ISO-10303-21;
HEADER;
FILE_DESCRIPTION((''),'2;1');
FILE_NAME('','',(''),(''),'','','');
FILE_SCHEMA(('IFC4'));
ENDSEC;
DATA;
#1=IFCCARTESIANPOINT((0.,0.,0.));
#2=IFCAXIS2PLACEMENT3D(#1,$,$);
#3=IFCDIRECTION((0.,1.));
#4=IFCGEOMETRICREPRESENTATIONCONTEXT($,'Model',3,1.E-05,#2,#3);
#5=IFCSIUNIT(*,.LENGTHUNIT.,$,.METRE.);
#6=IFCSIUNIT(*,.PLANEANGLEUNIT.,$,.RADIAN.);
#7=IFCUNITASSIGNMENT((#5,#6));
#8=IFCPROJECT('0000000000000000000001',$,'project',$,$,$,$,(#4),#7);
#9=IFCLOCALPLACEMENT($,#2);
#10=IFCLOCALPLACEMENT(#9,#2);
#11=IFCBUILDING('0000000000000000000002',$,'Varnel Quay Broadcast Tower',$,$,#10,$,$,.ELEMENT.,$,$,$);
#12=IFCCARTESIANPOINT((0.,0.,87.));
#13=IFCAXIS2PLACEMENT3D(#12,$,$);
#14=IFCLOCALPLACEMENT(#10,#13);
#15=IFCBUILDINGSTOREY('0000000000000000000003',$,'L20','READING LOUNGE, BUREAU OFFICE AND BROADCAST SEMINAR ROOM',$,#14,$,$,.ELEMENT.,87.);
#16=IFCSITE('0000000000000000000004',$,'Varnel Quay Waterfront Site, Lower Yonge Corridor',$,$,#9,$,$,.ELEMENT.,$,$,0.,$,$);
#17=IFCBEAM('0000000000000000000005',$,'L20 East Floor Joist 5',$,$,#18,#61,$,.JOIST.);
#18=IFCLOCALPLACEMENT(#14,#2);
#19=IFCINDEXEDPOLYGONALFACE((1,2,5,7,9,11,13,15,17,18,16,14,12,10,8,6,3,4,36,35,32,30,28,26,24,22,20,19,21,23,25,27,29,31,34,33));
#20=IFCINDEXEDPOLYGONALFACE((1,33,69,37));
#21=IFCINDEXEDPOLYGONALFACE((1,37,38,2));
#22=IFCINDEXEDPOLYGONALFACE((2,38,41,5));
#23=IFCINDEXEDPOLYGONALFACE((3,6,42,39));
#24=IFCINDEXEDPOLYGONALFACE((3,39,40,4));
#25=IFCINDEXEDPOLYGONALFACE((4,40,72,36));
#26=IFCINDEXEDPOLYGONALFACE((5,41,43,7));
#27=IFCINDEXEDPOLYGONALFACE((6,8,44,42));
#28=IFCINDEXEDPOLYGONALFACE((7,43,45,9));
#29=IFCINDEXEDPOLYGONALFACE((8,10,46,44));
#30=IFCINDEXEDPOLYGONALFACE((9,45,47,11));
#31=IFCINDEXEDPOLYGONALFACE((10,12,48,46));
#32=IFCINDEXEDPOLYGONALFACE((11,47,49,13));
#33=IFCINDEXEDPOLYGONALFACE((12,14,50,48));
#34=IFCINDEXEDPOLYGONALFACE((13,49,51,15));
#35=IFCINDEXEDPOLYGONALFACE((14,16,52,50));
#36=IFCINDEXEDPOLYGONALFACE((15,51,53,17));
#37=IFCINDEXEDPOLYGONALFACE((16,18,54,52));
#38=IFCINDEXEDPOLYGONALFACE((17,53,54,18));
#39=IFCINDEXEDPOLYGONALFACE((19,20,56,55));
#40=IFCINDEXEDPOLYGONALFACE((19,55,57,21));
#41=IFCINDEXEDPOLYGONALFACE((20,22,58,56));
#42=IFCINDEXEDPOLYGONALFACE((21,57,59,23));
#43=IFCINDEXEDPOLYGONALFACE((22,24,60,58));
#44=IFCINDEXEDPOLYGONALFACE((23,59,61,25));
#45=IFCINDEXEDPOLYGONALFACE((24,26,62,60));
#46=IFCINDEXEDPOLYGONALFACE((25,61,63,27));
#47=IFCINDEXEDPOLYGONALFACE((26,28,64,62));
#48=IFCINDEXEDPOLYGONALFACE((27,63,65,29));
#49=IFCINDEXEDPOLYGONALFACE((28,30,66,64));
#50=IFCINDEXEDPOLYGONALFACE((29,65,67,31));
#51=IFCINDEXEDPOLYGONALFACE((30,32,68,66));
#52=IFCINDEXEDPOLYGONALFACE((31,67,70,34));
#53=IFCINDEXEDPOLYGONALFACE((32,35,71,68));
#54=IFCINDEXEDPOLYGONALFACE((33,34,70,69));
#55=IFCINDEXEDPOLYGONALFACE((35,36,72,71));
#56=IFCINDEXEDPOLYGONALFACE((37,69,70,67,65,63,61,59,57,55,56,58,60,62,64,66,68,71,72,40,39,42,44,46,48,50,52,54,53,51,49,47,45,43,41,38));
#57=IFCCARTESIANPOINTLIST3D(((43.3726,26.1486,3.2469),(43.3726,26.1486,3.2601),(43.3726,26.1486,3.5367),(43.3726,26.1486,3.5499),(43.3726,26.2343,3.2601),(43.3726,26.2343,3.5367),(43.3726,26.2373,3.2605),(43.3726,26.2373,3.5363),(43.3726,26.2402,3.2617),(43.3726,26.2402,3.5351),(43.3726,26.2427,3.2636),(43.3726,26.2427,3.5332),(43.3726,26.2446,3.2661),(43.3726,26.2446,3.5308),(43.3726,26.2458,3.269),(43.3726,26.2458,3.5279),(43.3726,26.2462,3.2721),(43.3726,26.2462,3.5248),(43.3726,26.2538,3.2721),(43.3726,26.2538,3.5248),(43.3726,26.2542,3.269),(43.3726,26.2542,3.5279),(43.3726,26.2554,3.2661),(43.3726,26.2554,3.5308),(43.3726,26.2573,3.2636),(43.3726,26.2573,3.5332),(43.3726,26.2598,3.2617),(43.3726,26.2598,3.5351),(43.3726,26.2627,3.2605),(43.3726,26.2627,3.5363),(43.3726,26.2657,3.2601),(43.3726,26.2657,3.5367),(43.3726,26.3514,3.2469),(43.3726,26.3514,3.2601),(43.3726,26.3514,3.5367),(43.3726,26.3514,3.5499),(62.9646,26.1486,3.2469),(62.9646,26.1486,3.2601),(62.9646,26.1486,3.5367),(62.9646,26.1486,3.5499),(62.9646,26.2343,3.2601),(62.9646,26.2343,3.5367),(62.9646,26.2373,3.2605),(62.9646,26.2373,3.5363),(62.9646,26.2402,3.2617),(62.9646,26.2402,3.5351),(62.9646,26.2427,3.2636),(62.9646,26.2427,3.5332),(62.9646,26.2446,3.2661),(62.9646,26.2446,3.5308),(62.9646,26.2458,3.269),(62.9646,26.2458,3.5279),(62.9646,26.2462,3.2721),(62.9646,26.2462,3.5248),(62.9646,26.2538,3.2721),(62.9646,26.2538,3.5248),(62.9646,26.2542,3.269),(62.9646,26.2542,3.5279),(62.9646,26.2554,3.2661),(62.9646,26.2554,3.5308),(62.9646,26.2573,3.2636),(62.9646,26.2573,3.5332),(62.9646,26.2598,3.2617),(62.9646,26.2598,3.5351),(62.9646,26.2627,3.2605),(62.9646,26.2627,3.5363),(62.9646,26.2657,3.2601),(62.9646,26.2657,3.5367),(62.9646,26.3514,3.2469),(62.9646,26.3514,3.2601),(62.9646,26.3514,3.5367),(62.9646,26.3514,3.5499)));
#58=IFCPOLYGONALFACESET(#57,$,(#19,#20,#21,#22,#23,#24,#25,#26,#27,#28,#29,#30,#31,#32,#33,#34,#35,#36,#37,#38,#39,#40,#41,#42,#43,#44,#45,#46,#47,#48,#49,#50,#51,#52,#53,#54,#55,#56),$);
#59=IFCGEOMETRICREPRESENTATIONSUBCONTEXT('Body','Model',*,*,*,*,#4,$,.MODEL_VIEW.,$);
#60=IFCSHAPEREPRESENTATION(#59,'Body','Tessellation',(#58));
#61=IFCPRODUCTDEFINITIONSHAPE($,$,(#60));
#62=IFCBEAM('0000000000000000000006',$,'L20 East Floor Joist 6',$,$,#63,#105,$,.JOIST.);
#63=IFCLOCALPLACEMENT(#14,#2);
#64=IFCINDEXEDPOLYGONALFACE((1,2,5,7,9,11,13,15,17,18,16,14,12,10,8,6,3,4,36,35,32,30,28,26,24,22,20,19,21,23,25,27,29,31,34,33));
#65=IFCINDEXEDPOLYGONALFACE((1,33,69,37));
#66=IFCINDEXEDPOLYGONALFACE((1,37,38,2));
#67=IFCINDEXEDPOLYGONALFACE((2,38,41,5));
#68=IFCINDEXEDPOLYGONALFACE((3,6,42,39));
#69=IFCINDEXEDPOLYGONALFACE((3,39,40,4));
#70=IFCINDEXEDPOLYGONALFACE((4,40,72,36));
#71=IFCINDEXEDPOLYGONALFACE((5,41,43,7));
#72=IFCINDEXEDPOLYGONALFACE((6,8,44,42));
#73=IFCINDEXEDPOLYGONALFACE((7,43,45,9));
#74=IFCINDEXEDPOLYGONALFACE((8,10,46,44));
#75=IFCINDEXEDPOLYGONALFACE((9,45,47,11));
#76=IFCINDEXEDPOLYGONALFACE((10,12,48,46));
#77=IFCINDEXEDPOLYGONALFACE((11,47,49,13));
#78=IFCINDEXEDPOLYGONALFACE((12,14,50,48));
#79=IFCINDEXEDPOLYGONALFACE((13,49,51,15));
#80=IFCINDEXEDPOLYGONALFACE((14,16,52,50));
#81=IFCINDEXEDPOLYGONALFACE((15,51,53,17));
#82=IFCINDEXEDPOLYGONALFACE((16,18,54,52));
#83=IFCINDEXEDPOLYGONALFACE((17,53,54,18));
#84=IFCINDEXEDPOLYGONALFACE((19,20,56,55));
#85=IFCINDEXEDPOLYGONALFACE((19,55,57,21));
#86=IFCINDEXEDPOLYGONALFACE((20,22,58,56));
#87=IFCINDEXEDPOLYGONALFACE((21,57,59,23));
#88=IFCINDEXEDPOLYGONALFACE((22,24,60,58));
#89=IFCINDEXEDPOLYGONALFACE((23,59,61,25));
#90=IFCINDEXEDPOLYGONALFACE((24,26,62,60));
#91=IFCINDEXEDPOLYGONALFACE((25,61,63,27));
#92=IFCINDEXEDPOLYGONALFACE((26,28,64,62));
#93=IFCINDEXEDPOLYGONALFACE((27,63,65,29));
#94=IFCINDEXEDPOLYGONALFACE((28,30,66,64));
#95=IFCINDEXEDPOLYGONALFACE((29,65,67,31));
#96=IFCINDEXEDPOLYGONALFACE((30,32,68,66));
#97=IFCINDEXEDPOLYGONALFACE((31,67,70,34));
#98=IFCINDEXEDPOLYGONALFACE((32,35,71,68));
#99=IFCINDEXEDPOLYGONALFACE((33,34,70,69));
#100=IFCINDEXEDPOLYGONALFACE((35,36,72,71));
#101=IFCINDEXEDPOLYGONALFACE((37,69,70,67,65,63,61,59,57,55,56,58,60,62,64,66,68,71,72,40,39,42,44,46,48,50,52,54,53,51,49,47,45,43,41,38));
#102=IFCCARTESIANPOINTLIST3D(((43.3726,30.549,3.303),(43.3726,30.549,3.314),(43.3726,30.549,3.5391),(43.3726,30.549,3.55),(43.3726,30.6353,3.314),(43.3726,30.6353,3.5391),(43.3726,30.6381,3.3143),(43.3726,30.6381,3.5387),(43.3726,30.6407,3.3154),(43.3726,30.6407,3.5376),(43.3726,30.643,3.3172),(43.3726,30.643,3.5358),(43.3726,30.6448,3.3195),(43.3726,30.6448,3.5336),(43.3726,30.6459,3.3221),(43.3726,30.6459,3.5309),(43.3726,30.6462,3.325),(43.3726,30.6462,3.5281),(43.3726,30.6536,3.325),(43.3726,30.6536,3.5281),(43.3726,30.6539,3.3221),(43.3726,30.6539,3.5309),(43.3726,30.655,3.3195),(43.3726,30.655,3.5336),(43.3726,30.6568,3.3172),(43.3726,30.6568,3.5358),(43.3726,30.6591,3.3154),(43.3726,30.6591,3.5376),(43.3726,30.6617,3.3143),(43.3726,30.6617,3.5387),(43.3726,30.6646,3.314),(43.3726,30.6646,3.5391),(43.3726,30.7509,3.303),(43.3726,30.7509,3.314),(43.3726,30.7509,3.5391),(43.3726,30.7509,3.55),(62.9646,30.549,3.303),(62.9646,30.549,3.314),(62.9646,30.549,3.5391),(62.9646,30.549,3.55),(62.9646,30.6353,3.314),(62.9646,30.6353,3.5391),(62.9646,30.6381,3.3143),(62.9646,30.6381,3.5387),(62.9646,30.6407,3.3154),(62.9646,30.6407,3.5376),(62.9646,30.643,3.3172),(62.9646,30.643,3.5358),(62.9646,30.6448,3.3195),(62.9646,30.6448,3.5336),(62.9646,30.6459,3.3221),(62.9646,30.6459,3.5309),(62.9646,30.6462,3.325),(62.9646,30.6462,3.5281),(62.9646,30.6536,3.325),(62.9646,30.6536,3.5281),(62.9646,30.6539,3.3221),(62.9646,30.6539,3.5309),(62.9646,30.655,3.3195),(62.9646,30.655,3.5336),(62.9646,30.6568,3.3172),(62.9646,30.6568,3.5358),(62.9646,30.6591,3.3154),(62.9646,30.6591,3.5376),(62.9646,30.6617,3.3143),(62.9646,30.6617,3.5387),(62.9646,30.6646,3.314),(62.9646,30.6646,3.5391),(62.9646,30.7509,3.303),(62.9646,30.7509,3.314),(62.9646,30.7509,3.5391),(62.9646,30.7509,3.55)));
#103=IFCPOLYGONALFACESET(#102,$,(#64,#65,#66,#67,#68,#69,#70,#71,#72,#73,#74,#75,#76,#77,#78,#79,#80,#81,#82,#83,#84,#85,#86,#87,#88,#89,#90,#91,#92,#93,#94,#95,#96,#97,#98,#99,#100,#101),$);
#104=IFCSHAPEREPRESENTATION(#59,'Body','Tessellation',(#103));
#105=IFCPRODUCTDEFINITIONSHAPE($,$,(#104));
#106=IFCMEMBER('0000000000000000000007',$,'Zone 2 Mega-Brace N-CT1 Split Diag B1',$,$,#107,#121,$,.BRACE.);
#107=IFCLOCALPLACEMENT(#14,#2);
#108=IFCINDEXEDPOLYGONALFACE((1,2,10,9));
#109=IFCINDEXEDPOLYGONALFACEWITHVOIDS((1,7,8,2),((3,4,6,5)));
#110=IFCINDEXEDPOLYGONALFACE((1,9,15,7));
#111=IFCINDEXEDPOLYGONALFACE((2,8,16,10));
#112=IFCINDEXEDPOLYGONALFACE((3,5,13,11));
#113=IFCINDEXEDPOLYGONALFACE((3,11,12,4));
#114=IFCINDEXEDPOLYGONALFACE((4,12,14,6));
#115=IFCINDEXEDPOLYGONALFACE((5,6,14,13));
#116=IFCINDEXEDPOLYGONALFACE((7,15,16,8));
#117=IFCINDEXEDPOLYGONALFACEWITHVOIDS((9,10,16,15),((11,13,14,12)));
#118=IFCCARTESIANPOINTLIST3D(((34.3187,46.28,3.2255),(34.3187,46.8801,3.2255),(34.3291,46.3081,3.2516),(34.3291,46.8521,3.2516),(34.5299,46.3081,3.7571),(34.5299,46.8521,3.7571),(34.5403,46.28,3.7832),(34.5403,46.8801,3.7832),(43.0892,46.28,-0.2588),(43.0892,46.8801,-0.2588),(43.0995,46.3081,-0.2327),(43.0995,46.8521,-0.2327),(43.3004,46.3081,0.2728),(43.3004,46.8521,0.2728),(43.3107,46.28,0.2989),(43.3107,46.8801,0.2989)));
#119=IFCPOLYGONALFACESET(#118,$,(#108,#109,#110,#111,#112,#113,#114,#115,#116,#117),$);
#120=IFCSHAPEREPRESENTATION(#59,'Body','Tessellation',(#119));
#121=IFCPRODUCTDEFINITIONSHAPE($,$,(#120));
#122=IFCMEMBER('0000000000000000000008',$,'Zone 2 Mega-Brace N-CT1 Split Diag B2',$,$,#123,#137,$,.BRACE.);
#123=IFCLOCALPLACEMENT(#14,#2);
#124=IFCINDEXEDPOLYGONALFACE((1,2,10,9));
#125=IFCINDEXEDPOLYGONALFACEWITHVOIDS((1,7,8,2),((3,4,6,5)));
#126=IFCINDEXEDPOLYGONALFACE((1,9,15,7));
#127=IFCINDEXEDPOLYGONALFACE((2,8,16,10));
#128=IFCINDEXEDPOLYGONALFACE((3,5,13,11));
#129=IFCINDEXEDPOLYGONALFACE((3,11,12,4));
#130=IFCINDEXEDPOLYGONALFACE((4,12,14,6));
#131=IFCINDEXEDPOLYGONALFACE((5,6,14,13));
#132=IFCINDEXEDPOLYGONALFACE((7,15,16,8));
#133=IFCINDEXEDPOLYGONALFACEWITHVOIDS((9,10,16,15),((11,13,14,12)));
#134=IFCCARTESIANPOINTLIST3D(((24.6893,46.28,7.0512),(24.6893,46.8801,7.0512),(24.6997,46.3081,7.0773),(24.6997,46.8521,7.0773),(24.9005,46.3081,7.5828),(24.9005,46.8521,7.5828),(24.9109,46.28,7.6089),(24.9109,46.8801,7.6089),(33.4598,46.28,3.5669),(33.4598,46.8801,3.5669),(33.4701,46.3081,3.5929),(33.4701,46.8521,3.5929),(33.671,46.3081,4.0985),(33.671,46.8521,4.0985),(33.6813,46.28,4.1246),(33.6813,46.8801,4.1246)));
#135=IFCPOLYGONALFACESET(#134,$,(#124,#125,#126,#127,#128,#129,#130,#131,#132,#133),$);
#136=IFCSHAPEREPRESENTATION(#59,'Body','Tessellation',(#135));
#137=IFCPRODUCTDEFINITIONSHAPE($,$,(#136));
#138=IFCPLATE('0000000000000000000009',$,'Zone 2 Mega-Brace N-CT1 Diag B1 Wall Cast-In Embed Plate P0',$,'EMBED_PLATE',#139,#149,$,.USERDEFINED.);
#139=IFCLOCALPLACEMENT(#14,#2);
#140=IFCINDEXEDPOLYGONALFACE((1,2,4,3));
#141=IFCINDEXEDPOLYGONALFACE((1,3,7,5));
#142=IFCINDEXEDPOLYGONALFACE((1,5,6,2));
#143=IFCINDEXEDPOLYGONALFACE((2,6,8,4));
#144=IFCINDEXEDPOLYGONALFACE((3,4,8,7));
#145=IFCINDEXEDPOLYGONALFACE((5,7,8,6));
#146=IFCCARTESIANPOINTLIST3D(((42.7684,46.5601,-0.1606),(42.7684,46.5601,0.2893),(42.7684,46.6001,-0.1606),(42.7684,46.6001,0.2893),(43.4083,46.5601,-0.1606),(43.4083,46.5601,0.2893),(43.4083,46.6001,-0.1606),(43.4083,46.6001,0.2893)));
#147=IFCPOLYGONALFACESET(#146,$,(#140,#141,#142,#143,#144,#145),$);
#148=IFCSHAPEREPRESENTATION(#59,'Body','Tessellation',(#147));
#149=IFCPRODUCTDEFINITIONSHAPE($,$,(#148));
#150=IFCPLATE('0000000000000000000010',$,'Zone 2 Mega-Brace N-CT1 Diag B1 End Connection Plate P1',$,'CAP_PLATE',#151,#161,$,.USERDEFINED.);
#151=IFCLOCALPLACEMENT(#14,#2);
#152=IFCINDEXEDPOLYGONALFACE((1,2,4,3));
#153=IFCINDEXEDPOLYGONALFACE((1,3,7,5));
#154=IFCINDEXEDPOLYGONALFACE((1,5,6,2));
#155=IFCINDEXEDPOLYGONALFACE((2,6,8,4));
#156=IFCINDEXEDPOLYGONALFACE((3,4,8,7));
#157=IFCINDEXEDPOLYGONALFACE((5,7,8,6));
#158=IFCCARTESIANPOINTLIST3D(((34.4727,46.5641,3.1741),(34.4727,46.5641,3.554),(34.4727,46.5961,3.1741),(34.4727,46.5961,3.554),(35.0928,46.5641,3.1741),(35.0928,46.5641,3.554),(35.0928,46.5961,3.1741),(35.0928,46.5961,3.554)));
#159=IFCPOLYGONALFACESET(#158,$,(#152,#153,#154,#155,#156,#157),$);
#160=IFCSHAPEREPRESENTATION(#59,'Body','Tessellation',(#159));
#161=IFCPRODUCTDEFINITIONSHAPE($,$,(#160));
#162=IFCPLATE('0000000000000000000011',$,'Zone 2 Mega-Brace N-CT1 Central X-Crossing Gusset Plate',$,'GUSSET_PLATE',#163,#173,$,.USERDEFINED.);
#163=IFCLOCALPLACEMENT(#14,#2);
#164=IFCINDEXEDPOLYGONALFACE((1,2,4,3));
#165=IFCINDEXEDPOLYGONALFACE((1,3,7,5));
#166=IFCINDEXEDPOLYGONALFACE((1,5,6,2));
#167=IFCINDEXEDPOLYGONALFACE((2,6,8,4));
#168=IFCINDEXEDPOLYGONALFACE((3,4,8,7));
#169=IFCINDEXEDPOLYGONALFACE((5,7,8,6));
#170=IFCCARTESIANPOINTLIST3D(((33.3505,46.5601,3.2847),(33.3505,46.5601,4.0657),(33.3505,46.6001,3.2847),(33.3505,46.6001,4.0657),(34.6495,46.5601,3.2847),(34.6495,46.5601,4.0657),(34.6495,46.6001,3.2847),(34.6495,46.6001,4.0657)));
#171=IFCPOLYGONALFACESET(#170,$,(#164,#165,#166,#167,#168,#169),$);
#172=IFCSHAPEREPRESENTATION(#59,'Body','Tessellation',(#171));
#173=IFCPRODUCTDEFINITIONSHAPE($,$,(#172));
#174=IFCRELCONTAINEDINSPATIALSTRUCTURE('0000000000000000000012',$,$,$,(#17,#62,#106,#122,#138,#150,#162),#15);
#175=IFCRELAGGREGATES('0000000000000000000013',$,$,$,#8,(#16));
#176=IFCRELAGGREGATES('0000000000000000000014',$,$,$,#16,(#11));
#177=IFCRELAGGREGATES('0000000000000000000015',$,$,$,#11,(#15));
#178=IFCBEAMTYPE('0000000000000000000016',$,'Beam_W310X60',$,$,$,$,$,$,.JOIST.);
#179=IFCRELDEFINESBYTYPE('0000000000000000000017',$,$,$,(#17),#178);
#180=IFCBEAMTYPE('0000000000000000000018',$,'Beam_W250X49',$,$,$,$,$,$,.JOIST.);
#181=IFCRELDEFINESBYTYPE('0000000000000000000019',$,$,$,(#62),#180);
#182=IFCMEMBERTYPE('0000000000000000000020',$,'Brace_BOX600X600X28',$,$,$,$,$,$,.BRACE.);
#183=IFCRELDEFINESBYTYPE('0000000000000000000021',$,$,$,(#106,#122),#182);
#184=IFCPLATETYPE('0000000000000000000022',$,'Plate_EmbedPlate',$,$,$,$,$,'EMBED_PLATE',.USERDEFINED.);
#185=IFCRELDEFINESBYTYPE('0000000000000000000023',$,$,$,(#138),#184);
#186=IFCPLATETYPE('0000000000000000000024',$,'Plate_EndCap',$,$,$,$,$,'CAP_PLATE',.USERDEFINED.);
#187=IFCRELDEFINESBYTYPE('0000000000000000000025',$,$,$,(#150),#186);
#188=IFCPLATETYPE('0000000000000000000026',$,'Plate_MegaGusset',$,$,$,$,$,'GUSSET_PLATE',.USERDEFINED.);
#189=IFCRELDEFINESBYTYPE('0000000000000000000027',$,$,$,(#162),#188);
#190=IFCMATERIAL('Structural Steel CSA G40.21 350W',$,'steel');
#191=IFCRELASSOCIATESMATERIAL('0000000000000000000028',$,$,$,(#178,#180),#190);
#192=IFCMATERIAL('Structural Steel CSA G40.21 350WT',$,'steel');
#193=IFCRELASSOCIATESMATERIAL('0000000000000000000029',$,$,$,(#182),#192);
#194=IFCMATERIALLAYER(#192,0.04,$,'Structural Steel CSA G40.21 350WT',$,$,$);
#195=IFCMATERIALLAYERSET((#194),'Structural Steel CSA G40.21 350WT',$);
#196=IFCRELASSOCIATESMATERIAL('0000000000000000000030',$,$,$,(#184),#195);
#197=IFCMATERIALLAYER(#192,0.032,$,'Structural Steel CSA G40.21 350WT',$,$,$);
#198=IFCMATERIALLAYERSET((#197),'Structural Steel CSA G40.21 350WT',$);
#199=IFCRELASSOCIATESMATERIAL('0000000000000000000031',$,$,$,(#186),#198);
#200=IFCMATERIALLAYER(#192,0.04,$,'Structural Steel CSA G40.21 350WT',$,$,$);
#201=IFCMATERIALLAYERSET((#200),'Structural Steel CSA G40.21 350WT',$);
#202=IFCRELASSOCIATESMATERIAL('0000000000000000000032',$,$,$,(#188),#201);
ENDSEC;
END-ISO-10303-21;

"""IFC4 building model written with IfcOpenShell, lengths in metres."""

from ifc_helpers import new_model, si_unit, direction, frame, origin, origin_2d, place, context, subcontext, project, spatial, rectangle, hollow_rectangle, i_section, extrude, source, transform, mapped, material, layer, layer_set, material_profile, profile_set, type_object, type_shapes, element, save


model = new_model("IFC4")

# Units and contexts
model_context = context("Model", 3, precision=1e-05, world=origin(), true_north=direction((0.0, 1.0)))
body_context = subcontext(model_context, "Body", "Model", "MODEL_VIEW")
ifc_project = project(units=[si_unit("LENGTHUNIT", "METRE"), si_unit("PLANEANGLEUNIT", "RADIAN")], contexts=[model_context])

# Site, building, storey
site_placement = place(None, origin())
site = spatial("IfcSite", under=ifc_project, at=site_placement, Name="Varnel Quay Waterfront Site, Lower Yonge Corridor", CompositionType="ELEMENT", RefElevation=0.0)
building_placement = place(site_placement, origin())
building = spatial("IfcBuilding", under=site, at=building_placement, Name="Varnel Quay Broadcast Tower", CompositionType="ELEMENT")
storey_placement = place(building_placement, frame((0.0, 0.0, 87.0)))
storey = spatial("IfcBuildingStorey", under=building, at=storey_placement, Name="L20", Description="READING LOUNGE, BUREAU OFFICE AND BROADCAST SEMINAR ROOM", CompositionType="ELEMENT", Elevation=87.0)

# Shared definitions
ifc_material_1 = material(Name="Structural Steel CSA G40.21 350WT", Category="steel")

# Beams
ifc_material_2 = material(Name="Structural Steel CSA G40.21 350W", Category="steel")
ifc_material_profile_1 = material_profile(ifc_material_2, i_section(OverallWidth=0.2029, OverallDepth=0.303, WebThickness=0.0076, FlangeThickness=0.0132, FilletRadius=0.012, at=origin_2d()), Name="W310X60")
ifc_profile_set_1 = profile_set([ifc_material_profile_1], Name="Structural Steel CSA G40.21 350W")
beam_type_1 = type_object("IfcBeamType", Name="Beam_W310X60", PredefinedType="JOIST", material=ifc_profile_set_1)
shared_shape_1 = source(origin(), body_context, "Body", "SweptSolid", [
    extrude(i_section(OverallWidth=0.2029, OverallDepth=0.303, WebThickness=0.0076, FlangeThickness=0.0132, FilletRadius=0.012, at=origin_2d()), origin(), (0.0, 0.0, 1.0), 19.592),
])
type_shapes(beam_type_1, [shared_shape_1])
beam_1_placement = place(storey_placement, frame((43.3726, 26.25, 3.3984), z_axis=(1.0, 0.0, 0.0), x_axis=(0.0, 1.0, 0.0)))
element("IfcBeam", 1, at=beam_1_placement, inside=storey, type_object=beam_type_1, Name="L20 East Floor Joist 5", PredefinedType="JOIST", context=body_context, shape_type="MappedRepresentation", body=[
    mapped(shared_shape_1, transform((0.0, 0.0, 0.0), x_axis=(1.0, 0.0, 0.0), y_axis=(0.0, 1.0, 0.0), z_axis=(0.0, 0.0, 1.0), scale=1.0)),
])
ifc_material_profile_2 = material_profile(ifc_material_2, i_section(OverallWidth=0.2019, OverallDepth=0.2471, WebThickness=0.0073, FlangeThickness=0.011, FilletRadius=0.011, at=origin_2d()), Name="W250X49")
ifc_profile_set_2 = profile_set([ifc_material_profile_2], Name="Structural Steel CSA G40.21 350W")
beam_type_2 = type_object("IfcBeamType", Name="Beam_W250X49", PredefinedType="JOIST", material=ifc_profile_set_2)
shared_shape_2 = source(origin(), body_context, "Body", "SweptSolid", [
    extrude(i_section(OverallWidth=0.2019, OverallDepth=0.2471, WebThickness=0.0073, FlangeThickness=0.011, FilletRadius=0.011, at=origin_2d()), origin(), (0.0, 0.0, 1.0), 19.592),
])
type_shapes(beam_type_2, [shared_shape_2])
beam_2_placement = place(storey_placement, frame((43.3726, 30.6499, 3.4265), z_axis=(1.0, 0.0, 0.0), x_axis=(0.0, 1.0, 0.0)))
element("IfcBeam", 2, at=beam_2_placement, inside=storey, type_object=beam_type_2, Name="L20 East Floor Joist 6", PredefinedType="JOIST", context=body_context, shape_type="MappedRepresentation", body=[
    mapped(shared_shape_2, transform((0.0, 0.0, 0.0), x_axis=(1.0, 0.0, 0.0), y_axis=(0.0, 1.0, 0.0), z_axis=(0.0, 0.0, 1.0), scale=1.0)),
])

# Members
ifc_material_profile_3 = material_profile(ifc_material_1, hollow_rectangle(XDim=0.6001, YDim=0.6001, WallThickness=0.0281, at=origin_2d()), Name="BOX600X600X28")
ifc_profile_set_3 = profile_set([ifc_material_profile_3], Name="Structural Steel CSA G40.21 350WT")
member_type = type_object("IfcMemberType", Name="Brace_BOX600X600X28", PredefinedType="BRACE", material=ifc_profile_set_3)
shared_shape_3 = source(origin(), body_context, "Body", "SweptSolid", [
    extrude(hollow_rectangle(XDim=0.6001, YDim=0.6001, WallThickness=0.0281, at=origin_2d()), origin(), (0.0, 0.0, 1.0), 9.4373),
])
type_shapes(member_type, [shared_shape_3])
for number, where, z_axis, x_axis, name in (
    (3, (43.2, 46.5801, 0.02), (-0.929345, 0.0, 0.369213), (0.0, -1.0, 0.0), "Zone 2 Mega-Brace N-CT1 Split Diag B1"),
    (4, (33.5706, 46.5801, 3.8457), (-0.929345, 0.0, 0.369213), (0.0, -1.0, 0.0), "Zone 2 Mega-Brace N-CT1 Split Diag B2"),
):
    element("IfcMember", number, at=place(storey_placement, frame(where, z_axis=z_axis, x_axis=x_axis)), inside=storey, type_object=member_type, Name=name, PredefinedType="BRACE", context=body_context, shape_type="MappedRepresentation", body=[
        mapped(shared_shape_3, transform((0.0, 0.0, 0.0), x_axis=(1.0, 0.0, 0.0), y_axis=(0.0, 1.0, 0.0), z_axis=(0.0, 0.0, 1.0), scale=1.0)),
    ])

# Plates
ifc_layer_1 = layer(ifc_material_1, 0.04, Name="Structural Steel CSA G40.21 350WT")
ifc_layer_set_1 = layer_set([ifc_layer_1], Name="Structural Steel CSA G40.21 350WT")
plate_type_1 = type_object("IfcPlateType", Name="Plate_EmbedPlate", ElementType="EMBED_PLATE", PredefinedType="USERDEFINED", material=ifc_layer_set_1)
shared_shape_4 = source(origin(), body_context, "Body", "SweptSolid", [
    extrude(rectangle(XDim=0.6399, YDim=0.04, at=origin_2d()), origin(), (0.0, 0.0, 1.0), 0.45),
])
type_shapes(plate_type_1, [shared_shape_4])
plate_1_placement = place(storey_placement, frame((43.0884, 46.5801, -0.1606), z_axis=(0.0, 0.0, 1.0), x_axis=(1.0, 0.0, 0.0)))
element("IfcPlate", 5, at=plate_1_placement, inside=storey, type_object=plate_type_1, Name="Zone 2 Mega-Brace N-CT1 Diag B1 Wall Cast-In Embed Plate P0", ObjectType="EMBED_PLATE", PredefinedType="USERDEFINED", context=body_context, shape_type="MappedRepresentation", body=[
    mapped(shared_shape_4, transform((0.0, 0.0, 0.0), x_axis=(1.0, 0.0, 0.0), y_axis=(0.0, 1.0, 0.0), z_axis=(0.0, 0.0, 1.0), scale=1.0)),
])
ifc_layer_2 = layer(ifc_material_1, 0.032, Name="Structural Steel CSA G40.21 350WT")
ifc_layer_set_2 = layer_set([ifc_layer_2], Name="Structural Steel CSA G40.21 350WT")
plate_type_2 = type_object("IfcPlateType", Name="Plate_EndCap", ElementType="CAP_PLATE", PredefinedType="USERDEFINED", material=ifc_layer_set_2)
shared_shape_5 = source(origin(), body_context, "Body", "SweptSolid", [
    extrude(rectangle(XDim=0.6201, YDim=0.032, at=origin_2d()), origin(), (0.0, 0.0, 1.0), 0.3799),
])
type_shapes(plate_type_2, [shared_shape_5])
plate_2_placement = place(storey_placement, frame((34.7827, 46.5801, 3.1741), z_axis=(0.0, 0.0, 1.0), x_axis=(1.0, 0.0, 0.0)))
element("IfcPlate", 6, at=plate_2_placement, inside=storey, type_object=plate_type_2, Name="Zone 2 Mega-Brace N-CT1 Diag B1 End Connection Plate P1", ObjectType="CAP_PLATE", PredefinedType="USERDEFINED", context=body_context, shape_type="MappedRepresentation", body=[
    mapped(shared_shape_5, transform((0.0, 0.0, 0.0), x_axis=(1.0, 0.0, 0.0), y_axis=(0.0, 1.0, 0.0), z_axis=(0.0, 0.0, 1.0), scale=1.0)),
])
ifc_layer_3 = layer(ifc_material_1, 0.04, Name="Structural Steel CSA G40.21 350WT")
ifc_layer_set_3 = layer_set([ifc_layer_3], Name="Structural Steel CSA G40.21 350WT")
plate_type_3 = type_object("IfcPlateType", Name="Plate_MegaGusset", ElementType="GUSSET_PLATE", PredefinedType="USERDEFINED", material=ifc_layer_set_3)
shared_shape_6 = source(origin(), body_context, "Body", "SweptSolid", [
    extrude(rectangle(XDim=1.2991, YDim=0.04, at=origin_2d()), origin(), (0.0, 0.0, 1.0), 0.781),
])
type_shapes(plate_type_3, [shared_shape_6])
plate_3_placement = place(storey_placement, frame((34.0, 46.5801, 3.2847), z_axis=(0.0, 0.0, 1.0), x_axis=(1.0, 0.0, 0.0)))
element("IfcPlate", 7, at=plate_3_placement, inside=storey, type_object=plate_type_3, Name="Zone 2 Mega-Brace N-CT1 Central X-Crossing Gusset Plate", ObjectType="GUSSET_PLATE", PredefinedType="USERDEFINED", context=body_context, shape_type="MappedRepresentation", body=[
    mapped(shared_shape_6, transform((0.0, 0.0, 0.0), x_axis=(1.0, 0.0, 0.0), y_axis=(0.0, 1.0, 0.0), z_axis=(0.0, 0.0, 1.0), scale=1.0)),
])

save(model, "model.ifc")
